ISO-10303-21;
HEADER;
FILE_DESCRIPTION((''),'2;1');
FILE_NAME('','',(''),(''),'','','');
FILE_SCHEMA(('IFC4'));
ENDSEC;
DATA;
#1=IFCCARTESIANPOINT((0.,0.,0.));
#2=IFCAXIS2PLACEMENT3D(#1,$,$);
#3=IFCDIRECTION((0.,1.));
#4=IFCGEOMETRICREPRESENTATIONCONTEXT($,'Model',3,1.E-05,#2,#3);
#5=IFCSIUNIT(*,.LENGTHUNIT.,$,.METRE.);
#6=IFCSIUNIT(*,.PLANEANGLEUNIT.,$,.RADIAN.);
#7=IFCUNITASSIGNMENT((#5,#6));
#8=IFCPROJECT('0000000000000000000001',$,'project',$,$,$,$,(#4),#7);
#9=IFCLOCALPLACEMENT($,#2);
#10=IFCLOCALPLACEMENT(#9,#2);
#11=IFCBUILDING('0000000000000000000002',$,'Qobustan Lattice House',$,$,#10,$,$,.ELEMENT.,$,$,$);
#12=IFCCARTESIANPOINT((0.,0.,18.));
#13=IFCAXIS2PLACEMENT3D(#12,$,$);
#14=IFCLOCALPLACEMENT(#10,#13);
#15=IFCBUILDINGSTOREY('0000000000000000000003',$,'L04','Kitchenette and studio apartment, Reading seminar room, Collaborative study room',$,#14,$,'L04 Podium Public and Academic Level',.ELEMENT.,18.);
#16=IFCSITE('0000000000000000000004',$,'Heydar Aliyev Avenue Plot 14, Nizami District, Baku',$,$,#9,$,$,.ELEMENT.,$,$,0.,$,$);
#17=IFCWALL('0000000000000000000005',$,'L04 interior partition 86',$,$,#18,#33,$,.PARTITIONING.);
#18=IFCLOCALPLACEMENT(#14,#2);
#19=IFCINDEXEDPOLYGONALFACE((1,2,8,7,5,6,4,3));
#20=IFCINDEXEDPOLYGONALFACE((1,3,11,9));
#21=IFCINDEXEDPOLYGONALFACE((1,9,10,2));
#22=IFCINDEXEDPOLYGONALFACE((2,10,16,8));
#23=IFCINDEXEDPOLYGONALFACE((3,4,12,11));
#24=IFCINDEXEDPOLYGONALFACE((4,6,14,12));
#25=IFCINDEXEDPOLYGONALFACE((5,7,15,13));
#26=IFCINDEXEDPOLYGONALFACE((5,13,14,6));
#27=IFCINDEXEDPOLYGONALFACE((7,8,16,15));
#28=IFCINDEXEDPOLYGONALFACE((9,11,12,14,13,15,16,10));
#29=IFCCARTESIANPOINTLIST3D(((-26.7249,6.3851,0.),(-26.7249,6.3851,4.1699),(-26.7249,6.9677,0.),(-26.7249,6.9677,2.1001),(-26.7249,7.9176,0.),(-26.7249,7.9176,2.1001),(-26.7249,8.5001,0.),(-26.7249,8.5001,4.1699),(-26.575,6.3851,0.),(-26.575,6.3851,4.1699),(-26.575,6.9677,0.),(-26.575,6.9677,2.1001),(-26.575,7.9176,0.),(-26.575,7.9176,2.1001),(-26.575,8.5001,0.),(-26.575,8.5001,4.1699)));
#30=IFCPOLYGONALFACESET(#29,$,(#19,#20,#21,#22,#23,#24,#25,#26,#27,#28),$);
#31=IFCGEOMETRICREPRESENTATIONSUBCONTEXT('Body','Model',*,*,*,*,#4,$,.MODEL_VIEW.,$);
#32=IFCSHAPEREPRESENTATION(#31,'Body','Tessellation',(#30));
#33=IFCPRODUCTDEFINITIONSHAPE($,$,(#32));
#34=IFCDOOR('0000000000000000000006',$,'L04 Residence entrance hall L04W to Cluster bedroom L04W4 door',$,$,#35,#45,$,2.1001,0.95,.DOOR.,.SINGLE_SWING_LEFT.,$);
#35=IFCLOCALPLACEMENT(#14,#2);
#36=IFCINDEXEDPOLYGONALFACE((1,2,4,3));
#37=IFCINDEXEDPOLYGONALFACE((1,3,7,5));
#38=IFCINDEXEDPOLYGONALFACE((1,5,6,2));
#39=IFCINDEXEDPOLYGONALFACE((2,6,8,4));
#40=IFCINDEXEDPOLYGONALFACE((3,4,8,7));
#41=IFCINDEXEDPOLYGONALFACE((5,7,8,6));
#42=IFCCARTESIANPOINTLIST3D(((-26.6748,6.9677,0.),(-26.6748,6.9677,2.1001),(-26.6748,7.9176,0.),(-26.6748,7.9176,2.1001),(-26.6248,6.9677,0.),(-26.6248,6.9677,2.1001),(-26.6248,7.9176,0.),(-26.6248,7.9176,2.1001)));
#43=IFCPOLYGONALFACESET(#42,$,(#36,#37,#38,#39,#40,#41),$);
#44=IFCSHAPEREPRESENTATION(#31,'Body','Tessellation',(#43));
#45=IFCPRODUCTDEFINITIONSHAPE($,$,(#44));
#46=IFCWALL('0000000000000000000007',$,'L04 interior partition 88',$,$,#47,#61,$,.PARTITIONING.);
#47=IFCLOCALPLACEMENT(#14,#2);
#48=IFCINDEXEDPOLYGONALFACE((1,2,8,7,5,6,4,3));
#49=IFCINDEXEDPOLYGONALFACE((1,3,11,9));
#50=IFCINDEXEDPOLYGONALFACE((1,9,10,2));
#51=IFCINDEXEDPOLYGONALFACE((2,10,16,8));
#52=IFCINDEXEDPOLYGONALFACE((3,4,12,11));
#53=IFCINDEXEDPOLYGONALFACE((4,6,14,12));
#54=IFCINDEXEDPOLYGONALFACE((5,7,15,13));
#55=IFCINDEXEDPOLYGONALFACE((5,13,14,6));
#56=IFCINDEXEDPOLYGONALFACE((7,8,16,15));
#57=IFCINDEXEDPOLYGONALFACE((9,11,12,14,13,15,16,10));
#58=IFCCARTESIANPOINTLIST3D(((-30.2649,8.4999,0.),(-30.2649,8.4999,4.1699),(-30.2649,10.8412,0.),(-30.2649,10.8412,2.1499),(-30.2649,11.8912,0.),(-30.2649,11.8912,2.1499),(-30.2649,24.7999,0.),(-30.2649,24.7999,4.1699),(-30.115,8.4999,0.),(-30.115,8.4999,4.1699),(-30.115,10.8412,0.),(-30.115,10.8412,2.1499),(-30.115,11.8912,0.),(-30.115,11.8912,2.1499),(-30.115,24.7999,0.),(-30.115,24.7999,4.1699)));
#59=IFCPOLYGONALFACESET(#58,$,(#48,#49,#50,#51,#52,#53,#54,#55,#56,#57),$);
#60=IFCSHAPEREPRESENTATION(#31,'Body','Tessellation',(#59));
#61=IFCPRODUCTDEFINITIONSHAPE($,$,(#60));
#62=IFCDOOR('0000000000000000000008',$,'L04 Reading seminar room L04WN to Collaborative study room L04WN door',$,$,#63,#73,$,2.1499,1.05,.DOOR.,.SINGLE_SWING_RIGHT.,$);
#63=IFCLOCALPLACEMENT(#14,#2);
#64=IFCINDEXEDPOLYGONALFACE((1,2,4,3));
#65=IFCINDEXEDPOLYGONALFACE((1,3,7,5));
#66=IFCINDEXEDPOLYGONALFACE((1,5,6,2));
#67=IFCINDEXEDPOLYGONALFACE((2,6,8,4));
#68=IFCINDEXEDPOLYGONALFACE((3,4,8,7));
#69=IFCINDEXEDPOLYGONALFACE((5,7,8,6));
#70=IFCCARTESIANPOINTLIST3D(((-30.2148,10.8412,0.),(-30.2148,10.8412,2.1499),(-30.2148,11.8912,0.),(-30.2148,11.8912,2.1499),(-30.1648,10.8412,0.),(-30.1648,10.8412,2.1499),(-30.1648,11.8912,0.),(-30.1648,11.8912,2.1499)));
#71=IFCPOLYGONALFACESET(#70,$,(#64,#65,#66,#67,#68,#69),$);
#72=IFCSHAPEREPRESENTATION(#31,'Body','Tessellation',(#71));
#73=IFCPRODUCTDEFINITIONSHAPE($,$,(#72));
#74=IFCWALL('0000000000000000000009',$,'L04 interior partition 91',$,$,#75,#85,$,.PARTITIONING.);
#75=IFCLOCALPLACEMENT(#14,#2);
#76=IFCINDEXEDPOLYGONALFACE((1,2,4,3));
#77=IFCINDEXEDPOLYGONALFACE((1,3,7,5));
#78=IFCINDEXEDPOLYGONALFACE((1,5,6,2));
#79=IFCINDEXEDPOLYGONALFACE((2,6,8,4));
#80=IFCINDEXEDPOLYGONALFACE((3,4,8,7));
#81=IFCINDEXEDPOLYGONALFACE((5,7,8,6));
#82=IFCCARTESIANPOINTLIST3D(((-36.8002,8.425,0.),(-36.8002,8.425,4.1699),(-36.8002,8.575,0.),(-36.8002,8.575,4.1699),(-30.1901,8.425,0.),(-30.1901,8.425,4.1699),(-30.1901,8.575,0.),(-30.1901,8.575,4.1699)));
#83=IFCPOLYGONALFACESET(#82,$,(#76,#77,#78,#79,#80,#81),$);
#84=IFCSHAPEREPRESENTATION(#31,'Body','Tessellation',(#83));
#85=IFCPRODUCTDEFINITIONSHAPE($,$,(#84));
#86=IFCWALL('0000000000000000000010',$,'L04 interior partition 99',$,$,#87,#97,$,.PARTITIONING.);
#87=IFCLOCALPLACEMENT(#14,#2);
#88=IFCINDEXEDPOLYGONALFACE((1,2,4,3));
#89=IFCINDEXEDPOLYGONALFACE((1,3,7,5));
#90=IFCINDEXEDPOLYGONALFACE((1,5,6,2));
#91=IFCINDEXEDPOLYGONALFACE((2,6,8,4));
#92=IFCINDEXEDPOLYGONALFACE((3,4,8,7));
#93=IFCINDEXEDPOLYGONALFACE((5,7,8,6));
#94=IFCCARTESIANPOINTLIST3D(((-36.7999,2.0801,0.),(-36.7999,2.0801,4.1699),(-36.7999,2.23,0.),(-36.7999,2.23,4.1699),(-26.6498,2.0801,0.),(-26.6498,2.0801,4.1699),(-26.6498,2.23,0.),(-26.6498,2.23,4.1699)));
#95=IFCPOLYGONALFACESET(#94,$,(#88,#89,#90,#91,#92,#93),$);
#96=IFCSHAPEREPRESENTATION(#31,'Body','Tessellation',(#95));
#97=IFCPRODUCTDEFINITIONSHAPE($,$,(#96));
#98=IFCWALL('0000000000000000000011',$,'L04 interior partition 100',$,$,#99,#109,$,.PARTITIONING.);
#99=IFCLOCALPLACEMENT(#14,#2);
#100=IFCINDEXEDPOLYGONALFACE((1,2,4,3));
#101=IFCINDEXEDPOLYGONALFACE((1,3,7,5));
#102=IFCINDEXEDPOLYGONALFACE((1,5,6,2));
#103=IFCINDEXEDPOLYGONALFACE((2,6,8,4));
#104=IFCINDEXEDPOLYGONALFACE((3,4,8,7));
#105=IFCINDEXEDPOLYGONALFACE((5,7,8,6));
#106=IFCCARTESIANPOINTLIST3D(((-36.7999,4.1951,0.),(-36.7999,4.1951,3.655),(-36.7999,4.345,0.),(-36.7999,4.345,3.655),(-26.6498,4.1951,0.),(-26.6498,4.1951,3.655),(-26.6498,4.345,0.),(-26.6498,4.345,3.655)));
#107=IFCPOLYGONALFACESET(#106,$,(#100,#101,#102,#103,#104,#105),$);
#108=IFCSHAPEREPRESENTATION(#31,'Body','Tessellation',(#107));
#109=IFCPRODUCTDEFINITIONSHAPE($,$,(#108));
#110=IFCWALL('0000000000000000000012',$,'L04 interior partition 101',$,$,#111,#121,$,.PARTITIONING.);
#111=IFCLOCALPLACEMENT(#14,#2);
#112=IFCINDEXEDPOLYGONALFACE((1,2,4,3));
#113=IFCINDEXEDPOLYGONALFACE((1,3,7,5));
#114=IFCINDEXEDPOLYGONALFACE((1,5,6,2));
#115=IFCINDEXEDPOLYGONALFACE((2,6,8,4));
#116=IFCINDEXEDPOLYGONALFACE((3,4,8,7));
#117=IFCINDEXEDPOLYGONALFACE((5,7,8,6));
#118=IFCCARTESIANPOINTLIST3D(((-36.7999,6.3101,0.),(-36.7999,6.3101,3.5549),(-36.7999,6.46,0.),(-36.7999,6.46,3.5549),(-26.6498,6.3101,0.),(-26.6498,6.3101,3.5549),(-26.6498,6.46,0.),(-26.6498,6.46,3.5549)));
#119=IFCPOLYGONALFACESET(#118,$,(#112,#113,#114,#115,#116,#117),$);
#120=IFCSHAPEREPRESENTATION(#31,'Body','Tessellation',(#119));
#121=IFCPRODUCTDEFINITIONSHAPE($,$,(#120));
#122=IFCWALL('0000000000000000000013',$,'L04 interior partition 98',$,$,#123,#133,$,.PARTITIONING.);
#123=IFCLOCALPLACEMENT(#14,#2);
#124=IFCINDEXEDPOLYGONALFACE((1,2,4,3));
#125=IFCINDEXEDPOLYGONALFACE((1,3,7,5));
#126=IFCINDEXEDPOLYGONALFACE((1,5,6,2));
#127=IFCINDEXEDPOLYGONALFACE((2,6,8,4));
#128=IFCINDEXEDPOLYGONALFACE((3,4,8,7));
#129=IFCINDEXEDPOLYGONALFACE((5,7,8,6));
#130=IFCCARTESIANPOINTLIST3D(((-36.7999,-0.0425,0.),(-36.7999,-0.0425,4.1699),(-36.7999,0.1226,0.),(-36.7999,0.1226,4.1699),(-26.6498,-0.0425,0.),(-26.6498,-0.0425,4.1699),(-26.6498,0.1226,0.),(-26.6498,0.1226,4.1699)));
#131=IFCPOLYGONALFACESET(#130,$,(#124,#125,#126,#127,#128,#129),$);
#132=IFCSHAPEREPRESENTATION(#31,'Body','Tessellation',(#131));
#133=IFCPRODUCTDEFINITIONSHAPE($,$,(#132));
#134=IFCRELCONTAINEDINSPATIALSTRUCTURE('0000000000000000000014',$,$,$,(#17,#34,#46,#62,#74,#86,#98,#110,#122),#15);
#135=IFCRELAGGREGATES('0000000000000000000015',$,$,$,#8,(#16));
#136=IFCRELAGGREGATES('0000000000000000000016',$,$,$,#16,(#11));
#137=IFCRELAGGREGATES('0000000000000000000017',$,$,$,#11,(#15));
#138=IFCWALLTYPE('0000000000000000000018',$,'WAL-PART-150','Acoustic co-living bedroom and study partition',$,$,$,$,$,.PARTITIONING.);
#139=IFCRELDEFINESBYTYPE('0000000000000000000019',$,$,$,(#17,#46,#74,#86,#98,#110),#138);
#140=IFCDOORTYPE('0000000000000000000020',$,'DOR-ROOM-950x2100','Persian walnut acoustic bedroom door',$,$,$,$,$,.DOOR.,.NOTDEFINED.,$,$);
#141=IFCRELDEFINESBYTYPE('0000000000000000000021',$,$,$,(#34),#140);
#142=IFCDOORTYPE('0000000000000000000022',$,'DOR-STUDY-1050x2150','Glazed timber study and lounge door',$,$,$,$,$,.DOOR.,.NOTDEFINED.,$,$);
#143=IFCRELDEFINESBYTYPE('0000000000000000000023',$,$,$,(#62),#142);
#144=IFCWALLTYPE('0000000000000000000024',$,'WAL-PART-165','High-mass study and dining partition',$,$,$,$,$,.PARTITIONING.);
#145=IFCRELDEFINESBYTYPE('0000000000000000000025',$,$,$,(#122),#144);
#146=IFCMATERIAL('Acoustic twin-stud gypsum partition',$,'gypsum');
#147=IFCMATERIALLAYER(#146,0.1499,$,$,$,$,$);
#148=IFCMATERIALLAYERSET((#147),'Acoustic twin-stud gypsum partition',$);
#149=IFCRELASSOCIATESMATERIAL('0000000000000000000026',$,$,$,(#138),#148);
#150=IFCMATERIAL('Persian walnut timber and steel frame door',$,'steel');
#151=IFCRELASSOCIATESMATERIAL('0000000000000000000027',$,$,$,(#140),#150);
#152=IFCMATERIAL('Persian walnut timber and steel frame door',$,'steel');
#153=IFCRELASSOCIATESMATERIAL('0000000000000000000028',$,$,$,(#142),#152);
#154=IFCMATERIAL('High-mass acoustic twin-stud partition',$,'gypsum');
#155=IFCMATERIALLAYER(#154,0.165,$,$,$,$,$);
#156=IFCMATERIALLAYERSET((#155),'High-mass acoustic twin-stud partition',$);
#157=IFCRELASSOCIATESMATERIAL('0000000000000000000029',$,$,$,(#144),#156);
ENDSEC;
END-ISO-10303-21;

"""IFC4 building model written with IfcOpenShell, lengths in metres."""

from ifc_helpers import new_model, si_unit, direction, frame, frame_2d, origin, place, context, subcontext, project, spatial, rectangle, extrude, material, layer, layer_set, type_object, element, fill, save


model = new_model("IFC4")

# Units and contexts
model_context = context("Model", 3, precision=1e-05, world=origin(), true_north=direction((0.0, 1.0)))
body_context = subcontext(model_context, "Body", "Model", "MODEL_VIEW")
ifc_project = project(units=[si_unit("LENGTHUNIT", "METRE"), si_unit("PLANEANGLEUNIT", "RADIAN")], contexts=[model_context])

# Site, building, storey
site_placement = place(None, origin())
site = spatial("IfcSite", under=ifc_project, at=site_placement, Name="Heydar Aliyev Avenue Plot 14, Nizami District, Baku", CompositionType="ELEMENT", RefElevation=0.0)
building_placement = place(site_placement, origin())
building = spatial("IfcBuilding", under=site, at=building_placement, Name="Qobustan Lattice House", CompositionType="ELEMENT")
storey_placement = place(building_placement, frame((0.0, 0.0, 18.0)))
storey = spatial("IfcBuildingStorey", under=building, at=storey_placement, Name="L04", Description="Kitchenette and studio apartment, Reading seminar room, Collaborative study room", LongName="L04 Podium Public and Academic Level", CompositionType="ELEMENT", Elevation=18.0)

# Walls, openings, doors
ifc_material_1 = material(Name="Acoustic twin-stud gypsum partition", Category="gypsum")
ifc_layer_1 = layer(ifc_material_1, 0.1499)
ifc_layer_set_1 = layer_set([ifc_layer_1], Name="Acoustic twin-stud gypsum partition")
wall_type_1 = type_object("IfcWallType", Name="WAL-PART-150", Description="Acoustic co-living bedroom and study partition", PredefinedType="PARTITIONING", material=ifc_layer_set_1)
ifc_material_2 = material(Name="Persian walnut timber and steel frame door", Category="steel")
door_type_1 = type_object("IfcDoorType", Name="DOR-ROOM-950x2100", Description="Persian walnut acoustic bedroom door", OperationType="NOTDEFINED", PredefinedType="DOOR", material=ifc_material_2)
wall_1_placement = place(storey_placement, frame((-26.6499, 6.385, 0.0), z_axis=(0.0, 0.0, 1.0), x_axis=(0.0, 1.0, 0.0)))
wall_1 = element("IfcWall", 1, at=wall_1_placement, inside=storey, type_object=wall_type_1, Name="L04 interior partition 86", PredefinedType="PARTITIONING", context=body_context, shape_type="SweptSolid", body=[
    extrude(rectangle(XDim=2.115, YDim=0.1499, at=frame_2d((1.0576, 0.0))), origin(), (0.0, 0.0, 1.0), 4.1699),
])
opening_1_placement = place(wall_1_placement, frame((0.5825, 0.0, 0.0)))
opening_1 = element("IfcOpeningElement", 2, at=opening_1_placement, cuts=wall_1, PredefinedType="OPENING", context=body_context, shape_type="SweptSolid", body=[
    extrude(rectangle(XDim=0.95, YDim=2.1001, at=frame_2d((0.4751, 1.05))), frame((0.0, 0.085, 0.0), z_axis=(0.0, -1.0, 0.0), x_axis=(1.0, 0.0, 0.0)), (0.0, 0.0, 1.0), 0.1699),
])
door_1_placement = place(opening_1_placement, origin())
door_1 = element("IfcDoor", 3, at=door_1_placement, inside=storey, type_object=door_type_1, Name="L04 Residence entrance hall L04W to Cluster bedroom L04W4 door", OperationType="SINGLE_SWING_LEFT", OverallHeight=2.1001, OverallWidth=0.95, PredefinedType="DOOR", context=body_context, shape_type="SweptSolid", body=[
    extrude(rectangle(XDim=0.95, YDim=2.1001, at=frame_2d((0.4751, 1.05))), frame((0.0, 0.0249, 0.0), z_axis=(0.0, -1.0, 0.0), x_axis=(1.0, 0.0, 0.0)), (0.0, 0.0, 1.0), 0.05),
])
fill(opening_1, door_1)
wall_2_placement = place(storey_placement, frame((-30.1899, 8.5, 0.0), z_axis=(0.0, 0.0, 1.0), x_axis=(0.0, 1.0, 0.0)))
wall_2 = element("IfcWall", 4, at=wall_2_placement, inside=storey, type_object=wall_type_1, Name="L04 interior partition 88", PredefinedType="PARTITIONING", context=body_context, shape_type="SweptSolid", body=[
    extrude(rectangle(XDim=16.3, YDim=0.1499, at=frame_2d((8.1499, 0.0))), origin(), (0.0, 0.0, 1.0), 4.1699),
])
opening_2_placement = place(wall_2_placement, frame((2.3413, 0.0, 0.0)))
opening_2 = element("IfcOpeningElement", 5, at=opening_2_placement, cuts=wall_2, PredefinedType="OPENING", context=body_context, shape_type="SweptSolid", body=[
    extrude(rectangle(XDim=1.05, YDim=2.1499, at=frame_2d((0.5249, 1.075))), frame((0.0, 0.085, 0.0), z_axis=(0.0, -1.0, 0.0), x_axis=(1.0, 0.0, 0.0)), (0.0, 0.0, 1.0), 0.1699),
])
ifc_material_3 = material(Name="Persian walnut timber and steel frame door", Category="steel")
door_type_2 = type_object("IfcDoorType", Name="DOR-STUDY-1050x2150", Description="Glazed timber study and lounge door", OperationType="NOTDEFINED", PredefinedType="DOOR", material=ifc_material_3)
door_2_placement = place(opening_2_placement, origin())
door_2 = element("IfcDoor", 6, at=door_2_placement, inside=storey, type_object=door_type_2, Name="L04 Reading seminar room L04WN to Collaborative study room L04WN door", OperationType="SINGLE_SWING_RIGHT", OverallHeight=2.1499, OverallWidth=1.05, PredefinedType="DOOR", context=body_context, shape_type="SweptSolid", body=[
    extrude(rectangle(XDim=1.05, YDim=2.1499, at=frame_2d((0.5249, 1.075))), frame((0.0, 0.0249, 0.0), z_axis=(0.0, -1.0, 0.0), x_axis=(1.0, 0.0, 0.0)), (0.0, 0.0, 1.0), 0.05),
])
fill(opening_2, door_2)

# Walls
wall_3_placement = place(storey_placement, frame((-30.1899, 8.5, 0.0), z_axis=(0.0, 0.0, 1.0), x_axis=(-1.0, 0.0, 0.0)))
element("IfcWall", 7, at=wall_3_placement, inside=storey, type_object=wall_type_1, Name="L04 interior partition 91", PredefinedType="PARTITIONING", context=body_context, shape_type="SweptSolid", body=[
    extrude(rectangle(XDim=6.6101, YDim=0.1499, at=frame_2d((3.3052, 0.0))), origin(), (0.0, 0.0, 1.0), 4.1699),
])
wall_4_placement = place(storey_placement, frame((-36.8, 2.155, 0.0), z_axis=(0.0, 0.0, 1.0), x_axis=(1.0, 0.0, 0.0)))
element("IfcWall", 8, at=wall_4_placement, inside=storey, type_object=wall_type_1, Name="L04 interior partition 99", PredefinedType="PARTITIONING", context=body_context, shape_type="SweptSolid", body=[
    extrude(rectangle(XDim=10.1501, YDim=0.1499, at=frame_2d((5.0752, 0.0))), origin(), (0.0, 0.0, 1.0), 4.1699),
])
wall_5_placement = place(storey_placement, frame((-36.8, 4.27, 0.0), z_axis=(0.0, 0.0, 1.0), x_axis=(1.0, 0.0, 0.0)))
element("IfcWall", 9, at=wall_5_placement, inside=storey, type_object=wall_type_1, Name="L04 interior partition 100", PredefinedType="PARTITIONING", context=body_context, shape_type="SweptSolid", body=[
    extrude(rectangle(XDim=10.1501, YDim=0.1499, at=frame_2d((5.0752, 0.0))), origin(), (0.0, 0.0, 1.0), 3.655),
])
wall_6_placement = place(storey_placement, frame((-36.8, 6.385, 0.0), z_axis=(0.0, 0.0, 1.0), x_axis=(1.0, 0.0, 0.0)))
element("IfcWall", 10, at=wall_6_placement, inside=storey, type_object=wall_type_1, Name="L04 interior partition 101", PredefinedType="PARTITIONING", context=body_context, shape_type="SweptSolid", body=[
    extrude(rectangle(XDim=10.1501, YDim=0.1499, at=frame_2d((5.0752, 0.0))), origin(), (0.0, 0.0, 1.0), 3.5549),
])
ifc_material_4 = material(Name="High-mass acoustic twin-stud partition", Category="gypsum")
ifc_layer_2 = layer(ifc_material_4, 0.165)
ifc_layer_set_2 = layer_set([ifc_layer_2], Name="High-mass acoustic twin-stud partition")
wall_type_2 = type_object("IfcWallType", Name="WAL-PART-165", Description="High-mass study and dining partition", PredefinedType="PARTITIONING", material=ifc_layer_set_2)
wall_7_placement = place(storey_placement, frame((-36.8, 0.04, 0.0), z_axis=(0.0, 0.0, 1.0), x_axis=(1.0, 0.0, 0.0)))
element("IfcWall", 11, at=wall_7_placement, inside=storey, type_object=wall_type_2, Name="L04 interior partition 98", PredefinedType="PARTITIONING", context=body_context, shape_type="SweptSolid", body=[
    extrude(rectangle(XDim=10.1501, YDim=0.165, at=frame_2d((5.0752, 0.0))), origin(), (0.0, 0.0, 1.0), 4.1699),
])

save(model, "model.ifc")
